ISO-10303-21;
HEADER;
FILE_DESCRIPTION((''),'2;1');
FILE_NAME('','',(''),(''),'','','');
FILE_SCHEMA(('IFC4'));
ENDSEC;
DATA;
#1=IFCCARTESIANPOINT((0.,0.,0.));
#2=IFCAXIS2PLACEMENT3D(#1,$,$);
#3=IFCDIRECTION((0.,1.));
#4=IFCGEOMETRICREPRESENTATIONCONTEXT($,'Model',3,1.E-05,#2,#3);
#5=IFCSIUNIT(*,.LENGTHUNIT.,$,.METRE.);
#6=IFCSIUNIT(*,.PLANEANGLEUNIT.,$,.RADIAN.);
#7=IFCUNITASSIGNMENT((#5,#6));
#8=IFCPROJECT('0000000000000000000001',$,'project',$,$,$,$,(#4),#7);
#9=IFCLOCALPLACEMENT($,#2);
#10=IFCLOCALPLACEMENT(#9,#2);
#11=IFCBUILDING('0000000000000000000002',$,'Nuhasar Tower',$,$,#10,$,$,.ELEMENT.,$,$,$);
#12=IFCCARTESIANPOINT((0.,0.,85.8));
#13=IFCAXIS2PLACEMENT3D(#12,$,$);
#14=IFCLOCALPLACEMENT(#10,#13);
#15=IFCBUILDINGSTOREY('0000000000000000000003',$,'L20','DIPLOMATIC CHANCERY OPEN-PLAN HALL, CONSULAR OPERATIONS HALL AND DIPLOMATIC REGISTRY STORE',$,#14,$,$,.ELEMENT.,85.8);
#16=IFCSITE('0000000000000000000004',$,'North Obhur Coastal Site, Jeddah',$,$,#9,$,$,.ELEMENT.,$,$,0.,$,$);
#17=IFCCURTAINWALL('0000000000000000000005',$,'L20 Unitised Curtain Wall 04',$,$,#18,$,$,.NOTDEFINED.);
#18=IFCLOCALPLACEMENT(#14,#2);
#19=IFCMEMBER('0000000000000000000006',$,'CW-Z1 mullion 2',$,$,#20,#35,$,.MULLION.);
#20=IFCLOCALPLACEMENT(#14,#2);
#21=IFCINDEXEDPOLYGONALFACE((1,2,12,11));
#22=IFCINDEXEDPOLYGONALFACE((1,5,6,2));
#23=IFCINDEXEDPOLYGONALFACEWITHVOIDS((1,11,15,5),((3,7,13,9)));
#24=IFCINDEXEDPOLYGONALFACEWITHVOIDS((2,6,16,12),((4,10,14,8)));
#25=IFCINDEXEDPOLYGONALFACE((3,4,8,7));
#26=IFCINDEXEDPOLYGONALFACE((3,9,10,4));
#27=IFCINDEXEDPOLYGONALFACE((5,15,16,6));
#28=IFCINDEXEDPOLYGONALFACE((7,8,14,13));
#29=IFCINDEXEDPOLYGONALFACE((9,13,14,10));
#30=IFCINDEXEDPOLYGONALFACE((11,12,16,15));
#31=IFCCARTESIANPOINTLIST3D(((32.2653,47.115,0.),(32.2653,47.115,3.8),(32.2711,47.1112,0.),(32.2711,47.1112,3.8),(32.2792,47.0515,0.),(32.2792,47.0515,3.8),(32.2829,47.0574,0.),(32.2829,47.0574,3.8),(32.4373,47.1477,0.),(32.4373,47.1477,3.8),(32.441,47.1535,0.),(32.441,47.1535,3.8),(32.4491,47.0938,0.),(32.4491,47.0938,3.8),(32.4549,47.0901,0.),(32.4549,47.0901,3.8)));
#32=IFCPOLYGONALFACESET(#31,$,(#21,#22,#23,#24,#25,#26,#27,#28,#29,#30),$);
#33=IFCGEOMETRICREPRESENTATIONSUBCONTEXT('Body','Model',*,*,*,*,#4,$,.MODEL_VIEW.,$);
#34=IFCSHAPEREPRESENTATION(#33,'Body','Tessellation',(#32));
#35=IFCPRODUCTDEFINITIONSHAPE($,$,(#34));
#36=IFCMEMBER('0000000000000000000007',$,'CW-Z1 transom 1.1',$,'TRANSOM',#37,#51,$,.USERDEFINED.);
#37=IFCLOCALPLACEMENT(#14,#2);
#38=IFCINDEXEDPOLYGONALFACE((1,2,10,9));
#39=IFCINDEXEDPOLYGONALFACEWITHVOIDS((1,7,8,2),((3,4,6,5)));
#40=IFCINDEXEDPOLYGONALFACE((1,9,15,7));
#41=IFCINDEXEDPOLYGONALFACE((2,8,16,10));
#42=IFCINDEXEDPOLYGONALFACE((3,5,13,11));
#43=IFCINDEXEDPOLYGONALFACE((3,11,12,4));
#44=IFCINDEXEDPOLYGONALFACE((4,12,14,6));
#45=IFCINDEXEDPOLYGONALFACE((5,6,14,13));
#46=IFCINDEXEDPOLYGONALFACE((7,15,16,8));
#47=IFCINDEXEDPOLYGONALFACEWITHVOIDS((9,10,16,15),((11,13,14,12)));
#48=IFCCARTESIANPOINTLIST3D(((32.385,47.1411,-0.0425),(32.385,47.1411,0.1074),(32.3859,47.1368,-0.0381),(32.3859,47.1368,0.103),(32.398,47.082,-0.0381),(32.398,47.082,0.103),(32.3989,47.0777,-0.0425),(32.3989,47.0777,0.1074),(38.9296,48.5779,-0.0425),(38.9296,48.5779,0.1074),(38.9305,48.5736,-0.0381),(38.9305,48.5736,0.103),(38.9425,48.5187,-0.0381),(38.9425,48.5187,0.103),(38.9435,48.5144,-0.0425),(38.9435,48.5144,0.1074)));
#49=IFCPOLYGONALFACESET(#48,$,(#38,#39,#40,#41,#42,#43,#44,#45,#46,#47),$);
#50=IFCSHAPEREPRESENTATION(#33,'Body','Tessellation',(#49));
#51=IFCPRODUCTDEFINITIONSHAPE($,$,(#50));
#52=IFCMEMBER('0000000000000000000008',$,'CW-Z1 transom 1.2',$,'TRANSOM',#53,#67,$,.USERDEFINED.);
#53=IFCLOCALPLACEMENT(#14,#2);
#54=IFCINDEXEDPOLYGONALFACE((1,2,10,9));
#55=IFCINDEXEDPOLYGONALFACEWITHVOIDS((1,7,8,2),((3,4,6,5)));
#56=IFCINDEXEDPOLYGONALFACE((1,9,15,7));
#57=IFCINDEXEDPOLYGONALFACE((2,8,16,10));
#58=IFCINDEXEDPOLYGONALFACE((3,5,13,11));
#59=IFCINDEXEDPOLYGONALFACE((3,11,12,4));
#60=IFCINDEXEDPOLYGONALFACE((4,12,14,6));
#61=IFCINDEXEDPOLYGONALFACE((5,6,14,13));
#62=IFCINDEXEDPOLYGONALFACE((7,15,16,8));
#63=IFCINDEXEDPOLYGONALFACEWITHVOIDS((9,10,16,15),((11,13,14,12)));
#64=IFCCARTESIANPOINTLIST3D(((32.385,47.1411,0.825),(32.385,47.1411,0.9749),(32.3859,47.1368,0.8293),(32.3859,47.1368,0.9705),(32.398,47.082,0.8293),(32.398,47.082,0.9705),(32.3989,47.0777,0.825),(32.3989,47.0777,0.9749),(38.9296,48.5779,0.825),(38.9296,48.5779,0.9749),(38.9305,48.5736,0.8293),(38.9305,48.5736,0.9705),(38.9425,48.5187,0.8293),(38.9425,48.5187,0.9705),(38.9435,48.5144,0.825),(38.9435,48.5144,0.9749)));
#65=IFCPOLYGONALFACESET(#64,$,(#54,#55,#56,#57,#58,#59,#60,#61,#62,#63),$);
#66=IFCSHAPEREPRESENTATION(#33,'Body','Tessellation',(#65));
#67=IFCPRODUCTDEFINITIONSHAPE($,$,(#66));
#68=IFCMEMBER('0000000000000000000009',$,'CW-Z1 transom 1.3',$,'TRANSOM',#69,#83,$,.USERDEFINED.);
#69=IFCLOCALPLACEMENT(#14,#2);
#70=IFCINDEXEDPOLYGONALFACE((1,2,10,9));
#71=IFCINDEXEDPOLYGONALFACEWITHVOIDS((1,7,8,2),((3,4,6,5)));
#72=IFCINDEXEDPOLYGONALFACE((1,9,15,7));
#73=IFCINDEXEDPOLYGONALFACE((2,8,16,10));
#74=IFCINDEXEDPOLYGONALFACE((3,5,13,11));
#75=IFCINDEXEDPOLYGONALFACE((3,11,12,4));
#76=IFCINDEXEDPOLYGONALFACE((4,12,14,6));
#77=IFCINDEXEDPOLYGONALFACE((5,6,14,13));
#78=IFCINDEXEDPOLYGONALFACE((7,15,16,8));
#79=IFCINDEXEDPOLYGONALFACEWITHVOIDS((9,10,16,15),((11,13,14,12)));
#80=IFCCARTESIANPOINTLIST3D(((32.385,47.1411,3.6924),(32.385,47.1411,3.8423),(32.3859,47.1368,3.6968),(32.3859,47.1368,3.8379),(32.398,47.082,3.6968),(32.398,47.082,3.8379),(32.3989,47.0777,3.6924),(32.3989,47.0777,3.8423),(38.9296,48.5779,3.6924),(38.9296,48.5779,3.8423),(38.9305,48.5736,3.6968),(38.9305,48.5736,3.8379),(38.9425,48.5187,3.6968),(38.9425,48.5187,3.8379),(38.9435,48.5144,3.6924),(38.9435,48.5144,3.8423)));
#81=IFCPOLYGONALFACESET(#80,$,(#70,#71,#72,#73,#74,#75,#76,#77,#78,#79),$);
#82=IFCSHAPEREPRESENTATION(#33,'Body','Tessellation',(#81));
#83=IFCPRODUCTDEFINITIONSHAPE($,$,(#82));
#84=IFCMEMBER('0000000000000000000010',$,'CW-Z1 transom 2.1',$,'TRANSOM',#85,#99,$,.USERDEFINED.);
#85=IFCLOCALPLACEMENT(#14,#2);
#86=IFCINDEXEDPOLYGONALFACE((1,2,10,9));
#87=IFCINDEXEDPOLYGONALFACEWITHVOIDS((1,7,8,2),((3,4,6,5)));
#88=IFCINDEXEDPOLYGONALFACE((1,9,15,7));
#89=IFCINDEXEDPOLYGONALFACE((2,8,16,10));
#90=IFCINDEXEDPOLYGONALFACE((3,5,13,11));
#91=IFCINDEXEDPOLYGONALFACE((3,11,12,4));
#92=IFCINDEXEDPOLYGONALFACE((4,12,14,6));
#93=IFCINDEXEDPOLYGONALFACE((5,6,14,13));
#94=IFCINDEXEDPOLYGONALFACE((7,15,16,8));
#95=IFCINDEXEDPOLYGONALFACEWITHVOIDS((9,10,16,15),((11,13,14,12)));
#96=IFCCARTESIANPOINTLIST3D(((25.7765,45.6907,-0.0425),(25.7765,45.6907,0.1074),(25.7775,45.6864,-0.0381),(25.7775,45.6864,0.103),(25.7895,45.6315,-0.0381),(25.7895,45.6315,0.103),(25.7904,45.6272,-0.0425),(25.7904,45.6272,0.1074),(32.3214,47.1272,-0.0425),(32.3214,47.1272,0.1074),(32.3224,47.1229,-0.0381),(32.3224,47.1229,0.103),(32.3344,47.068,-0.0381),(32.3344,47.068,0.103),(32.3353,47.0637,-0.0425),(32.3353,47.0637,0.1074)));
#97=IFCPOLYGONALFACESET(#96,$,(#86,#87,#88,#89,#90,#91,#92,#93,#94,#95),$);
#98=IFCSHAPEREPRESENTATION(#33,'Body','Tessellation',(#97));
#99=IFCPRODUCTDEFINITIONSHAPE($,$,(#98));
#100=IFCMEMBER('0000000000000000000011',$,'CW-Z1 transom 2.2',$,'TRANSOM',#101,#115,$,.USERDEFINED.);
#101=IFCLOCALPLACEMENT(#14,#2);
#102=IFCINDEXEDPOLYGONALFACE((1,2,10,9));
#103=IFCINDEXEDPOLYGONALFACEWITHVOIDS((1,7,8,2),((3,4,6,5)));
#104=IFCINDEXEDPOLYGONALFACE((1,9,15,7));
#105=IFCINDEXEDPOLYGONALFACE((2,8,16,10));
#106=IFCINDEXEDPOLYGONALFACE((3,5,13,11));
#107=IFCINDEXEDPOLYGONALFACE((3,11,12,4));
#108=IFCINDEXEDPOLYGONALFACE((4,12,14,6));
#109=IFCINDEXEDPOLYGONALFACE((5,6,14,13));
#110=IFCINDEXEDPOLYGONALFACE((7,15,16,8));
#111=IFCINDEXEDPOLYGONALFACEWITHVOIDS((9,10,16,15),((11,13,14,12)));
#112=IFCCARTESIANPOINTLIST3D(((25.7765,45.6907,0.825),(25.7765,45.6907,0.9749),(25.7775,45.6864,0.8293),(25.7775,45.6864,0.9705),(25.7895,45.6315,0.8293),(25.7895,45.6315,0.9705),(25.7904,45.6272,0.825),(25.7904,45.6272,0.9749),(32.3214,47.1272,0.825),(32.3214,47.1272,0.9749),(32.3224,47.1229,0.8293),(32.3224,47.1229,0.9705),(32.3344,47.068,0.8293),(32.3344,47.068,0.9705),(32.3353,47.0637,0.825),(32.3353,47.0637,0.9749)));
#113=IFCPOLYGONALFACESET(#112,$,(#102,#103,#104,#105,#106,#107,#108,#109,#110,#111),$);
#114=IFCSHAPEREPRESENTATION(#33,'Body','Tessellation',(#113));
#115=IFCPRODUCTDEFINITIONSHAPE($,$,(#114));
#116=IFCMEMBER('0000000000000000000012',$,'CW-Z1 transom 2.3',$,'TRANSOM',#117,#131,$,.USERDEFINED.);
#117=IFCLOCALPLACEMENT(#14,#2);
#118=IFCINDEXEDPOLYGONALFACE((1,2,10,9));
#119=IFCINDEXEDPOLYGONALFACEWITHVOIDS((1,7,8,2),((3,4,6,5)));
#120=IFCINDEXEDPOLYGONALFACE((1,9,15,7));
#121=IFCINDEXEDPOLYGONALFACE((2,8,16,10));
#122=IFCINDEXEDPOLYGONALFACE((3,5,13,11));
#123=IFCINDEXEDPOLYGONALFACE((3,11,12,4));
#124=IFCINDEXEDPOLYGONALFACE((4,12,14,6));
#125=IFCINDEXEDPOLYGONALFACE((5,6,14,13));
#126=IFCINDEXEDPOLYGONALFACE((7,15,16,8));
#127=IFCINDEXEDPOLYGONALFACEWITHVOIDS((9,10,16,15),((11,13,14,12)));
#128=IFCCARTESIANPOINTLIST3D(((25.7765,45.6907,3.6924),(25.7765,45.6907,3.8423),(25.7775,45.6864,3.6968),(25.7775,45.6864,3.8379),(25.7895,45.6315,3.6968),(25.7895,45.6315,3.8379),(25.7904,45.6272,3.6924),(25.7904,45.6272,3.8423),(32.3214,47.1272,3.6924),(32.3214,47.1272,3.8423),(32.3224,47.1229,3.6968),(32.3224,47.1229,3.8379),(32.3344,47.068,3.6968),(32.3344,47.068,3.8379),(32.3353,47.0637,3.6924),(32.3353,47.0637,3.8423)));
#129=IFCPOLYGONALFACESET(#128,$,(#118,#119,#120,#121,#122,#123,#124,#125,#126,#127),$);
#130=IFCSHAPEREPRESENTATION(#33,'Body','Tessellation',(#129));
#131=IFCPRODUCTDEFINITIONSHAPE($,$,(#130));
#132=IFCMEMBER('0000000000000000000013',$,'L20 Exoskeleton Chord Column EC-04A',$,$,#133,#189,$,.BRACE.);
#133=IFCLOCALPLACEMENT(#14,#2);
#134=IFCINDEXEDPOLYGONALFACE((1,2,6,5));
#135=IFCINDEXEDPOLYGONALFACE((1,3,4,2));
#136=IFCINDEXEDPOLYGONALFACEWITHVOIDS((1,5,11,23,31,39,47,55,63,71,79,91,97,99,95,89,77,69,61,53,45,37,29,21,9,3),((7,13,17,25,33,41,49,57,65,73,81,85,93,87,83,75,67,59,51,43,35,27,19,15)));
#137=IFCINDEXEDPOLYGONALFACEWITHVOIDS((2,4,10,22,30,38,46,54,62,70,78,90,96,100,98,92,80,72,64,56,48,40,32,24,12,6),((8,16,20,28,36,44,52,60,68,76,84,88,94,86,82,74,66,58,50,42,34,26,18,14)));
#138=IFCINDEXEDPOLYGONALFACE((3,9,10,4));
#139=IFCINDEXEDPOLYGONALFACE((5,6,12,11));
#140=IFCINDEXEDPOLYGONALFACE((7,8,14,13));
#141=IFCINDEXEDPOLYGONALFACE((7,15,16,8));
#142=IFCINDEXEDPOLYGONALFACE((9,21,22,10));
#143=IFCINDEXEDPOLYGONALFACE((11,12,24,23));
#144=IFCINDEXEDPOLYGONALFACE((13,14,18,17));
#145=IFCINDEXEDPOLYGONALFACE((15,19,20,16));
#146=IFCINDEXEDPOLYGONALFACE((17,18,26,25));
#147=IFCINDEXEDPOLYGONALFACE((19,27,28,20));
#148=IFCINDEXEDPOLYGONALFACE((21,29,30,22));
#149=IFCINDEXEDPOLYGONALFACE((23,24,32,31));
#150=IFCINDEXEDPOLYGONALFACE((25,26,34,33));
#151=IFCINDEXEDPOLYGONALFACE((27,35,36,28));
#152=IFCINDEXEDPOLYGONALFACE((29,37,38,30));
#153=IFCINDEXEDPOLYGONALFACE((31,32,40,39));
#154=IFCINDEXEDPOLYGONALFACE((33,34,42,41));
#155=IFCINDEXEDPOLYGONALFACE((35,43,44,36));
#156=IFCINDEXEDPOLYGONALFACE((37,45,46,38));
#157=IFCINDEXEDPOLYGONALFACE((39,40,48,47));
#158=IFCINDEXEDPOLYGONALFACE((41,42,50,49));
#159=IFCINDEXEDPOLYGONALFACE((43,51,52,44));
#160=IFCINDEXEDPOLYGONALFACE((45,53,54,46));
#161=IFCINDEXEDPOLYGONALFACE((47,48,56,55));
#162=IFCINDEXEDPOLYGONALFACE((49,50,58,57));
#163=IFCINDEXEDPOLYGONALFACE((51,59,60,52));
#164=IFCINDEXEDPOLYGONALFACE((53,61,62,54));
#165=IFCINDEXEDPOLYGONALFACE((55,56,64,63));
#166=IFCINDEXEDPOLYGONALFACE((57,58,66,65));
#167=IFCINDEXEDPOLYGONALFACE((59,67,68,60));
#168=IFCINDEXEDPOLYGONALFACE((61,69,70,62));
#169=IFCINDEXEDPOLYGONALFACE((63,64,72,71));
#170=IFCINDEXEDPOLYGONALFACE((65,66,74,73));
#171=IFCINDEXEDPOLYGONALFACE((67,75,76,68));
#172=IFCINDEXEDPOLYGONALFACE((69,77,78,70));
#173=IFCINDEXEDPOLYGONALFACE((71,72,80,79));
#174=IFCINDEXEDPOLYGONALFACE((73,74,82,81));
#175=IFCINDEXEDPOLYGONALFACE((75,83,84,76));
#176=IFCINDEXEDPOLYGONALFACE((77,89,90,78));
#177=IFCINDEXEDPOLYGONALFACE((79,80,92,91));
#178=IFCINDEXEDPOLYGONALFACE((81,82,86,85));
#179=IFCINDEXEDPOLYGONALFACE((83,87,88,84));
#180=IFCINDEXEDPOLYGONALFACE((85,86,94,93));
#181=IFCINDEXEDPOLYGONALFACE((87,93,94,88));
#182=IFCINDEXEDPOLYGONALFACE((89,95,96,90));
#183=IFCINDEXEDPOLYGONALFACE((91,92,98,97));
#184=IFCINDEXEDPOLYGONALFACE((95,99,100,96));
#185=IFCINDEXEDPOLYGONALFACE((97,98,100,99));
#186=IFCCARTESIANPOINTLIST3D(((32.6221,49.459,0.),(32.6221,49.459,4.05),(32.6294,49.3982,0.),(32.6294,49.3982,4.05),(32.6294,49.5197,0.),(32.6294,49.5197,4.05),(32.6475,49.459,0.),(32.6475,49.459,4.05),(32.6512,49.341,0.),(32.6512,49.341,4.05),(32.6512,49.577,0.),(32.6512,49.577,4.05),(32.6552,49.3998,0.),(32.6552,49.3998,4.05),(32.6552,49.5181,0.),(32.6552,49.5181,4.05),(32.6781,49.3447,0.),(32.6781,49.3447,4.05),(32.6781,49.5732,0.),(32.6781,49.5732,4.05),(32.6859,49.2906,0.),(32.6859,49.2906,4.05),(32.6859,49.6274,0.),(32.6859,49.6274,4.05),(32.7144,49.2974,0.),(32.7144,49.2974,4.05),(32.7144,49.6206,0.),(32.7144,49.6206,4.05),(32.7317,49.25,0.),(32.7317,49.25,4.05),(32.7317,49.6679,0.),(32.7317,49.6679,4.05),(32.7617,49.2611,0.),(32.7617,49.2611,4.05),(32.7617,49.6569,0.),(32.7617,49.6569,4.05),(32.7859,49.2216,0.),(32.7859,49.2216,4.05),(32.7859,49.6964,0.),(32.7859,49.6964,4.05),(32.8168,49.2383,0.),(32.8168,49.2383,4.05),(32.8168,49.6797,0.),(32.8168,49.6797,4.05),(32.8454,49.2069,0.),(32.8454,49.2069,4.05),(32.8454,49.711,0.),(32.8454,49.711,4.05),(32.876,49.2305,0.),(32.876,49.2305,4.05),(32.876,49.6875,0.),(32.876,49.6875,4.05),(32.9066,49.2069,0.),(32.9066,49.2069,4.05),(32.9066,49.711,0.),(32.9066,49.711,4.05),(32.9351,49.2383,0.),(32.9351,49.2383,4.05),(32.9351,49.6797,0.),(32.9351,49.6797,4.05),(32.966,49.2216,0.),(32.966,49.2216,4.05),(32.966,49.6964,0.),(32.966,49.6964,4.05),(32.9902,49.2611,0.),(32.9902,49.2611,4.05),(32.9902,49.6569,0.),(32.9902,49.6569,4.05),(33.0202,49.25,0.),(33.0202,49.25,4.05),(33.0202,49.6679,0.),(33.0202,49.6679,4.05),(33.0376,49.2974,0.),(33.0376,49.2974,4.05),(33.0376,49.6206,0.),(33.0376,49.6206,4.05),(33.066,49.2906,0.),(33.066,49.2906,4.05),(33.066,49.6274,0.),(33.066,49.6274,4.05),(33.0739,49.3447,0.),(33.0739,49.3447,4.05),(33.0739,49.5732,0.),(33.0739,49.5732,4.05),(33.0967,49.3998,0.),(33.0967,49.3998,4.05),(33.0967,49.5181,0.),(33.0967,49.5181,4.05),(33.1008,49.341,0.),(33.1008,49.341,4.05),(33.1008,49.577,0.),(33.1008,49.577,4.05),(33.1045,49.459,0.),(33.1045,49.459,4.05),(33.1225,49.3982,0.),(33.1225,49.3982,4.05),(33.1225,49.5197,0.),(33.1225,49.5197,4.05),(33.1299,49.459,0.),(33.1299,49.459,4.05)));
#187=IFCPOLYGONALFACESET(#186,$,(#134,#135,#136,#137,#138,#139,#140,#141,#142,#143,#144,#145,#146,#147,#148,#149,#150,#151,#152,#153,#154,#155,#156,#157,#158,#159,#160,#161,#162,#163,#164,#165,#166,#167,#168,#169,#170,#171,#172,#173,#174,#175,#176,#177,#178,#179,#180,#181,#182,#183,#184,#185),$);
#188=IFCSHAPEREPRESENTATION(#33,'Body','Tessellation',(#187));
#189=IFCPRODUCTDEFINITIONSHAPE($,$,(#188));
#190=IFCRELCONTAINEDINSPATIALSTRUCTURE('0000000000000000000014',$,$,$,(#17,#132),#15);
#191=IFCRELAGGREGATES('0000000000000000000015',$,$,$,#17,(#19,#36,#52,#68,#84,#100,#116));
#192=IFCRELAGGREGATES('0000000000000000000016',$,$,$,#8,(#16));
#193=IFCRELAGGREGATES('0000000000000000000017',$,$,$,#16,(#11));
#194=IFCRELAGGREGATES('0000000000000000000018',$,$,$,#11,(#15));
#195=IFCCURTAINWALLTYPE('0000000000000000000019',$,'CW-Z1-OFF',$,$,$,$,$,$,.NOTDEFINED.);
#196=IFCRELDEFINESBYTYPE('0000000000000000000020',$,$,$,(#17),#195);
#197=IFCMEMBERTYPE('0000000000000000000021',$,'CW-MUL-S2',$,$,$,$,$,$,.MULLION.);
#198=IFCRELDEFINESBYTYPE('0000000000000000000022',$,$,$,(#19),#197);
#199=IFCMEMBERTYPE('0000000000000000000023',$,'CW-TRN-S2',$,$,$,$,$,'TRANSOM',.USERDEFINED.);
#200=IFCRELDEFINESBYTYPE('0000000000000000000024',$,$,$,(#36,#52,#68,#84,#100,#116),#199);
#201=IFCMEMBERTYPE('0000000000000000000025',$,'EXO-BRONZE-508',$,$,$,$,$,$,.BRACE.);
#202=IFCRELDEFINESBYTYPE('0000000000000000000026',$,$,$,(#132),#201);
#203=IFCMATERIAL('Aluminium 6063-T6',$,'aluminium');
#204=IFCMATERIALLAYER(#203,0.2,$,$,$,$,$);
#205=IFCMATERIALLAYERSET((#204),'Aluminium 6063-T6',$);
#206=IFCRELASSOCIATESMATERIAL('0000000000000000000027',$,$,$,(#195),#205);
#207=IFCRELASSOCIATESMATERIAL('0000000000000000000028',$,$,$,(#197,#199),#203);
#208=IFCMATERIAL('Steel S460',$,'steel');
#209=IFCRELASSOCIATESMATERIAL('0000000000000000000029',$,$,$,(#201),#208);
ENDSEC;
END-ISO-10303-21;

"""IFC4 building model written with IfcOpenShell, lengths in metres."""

from ifc_helpers import new_model, si_unit, direction, frame, origin, origin_2d, place, context, subcontext, project, spatial, hollow_rectangle, hollow_circle, extrude, material, layer, layer_set, material_profile, profile_set, type_object, element, aggregate, save


model = new_model("IFC4")

# Units and contexts
model_context = context("Model", 3, precision=1e-05, world=origin(), true_north=direction((0.0, 1.0)))
body_context = subcontext(model_context, "Body", "Model", "MODEL_VIEW")
ifc_project = project(units=[si_unit("LENGTHUNIT", "METRE"), si_unit("PLANEANGLEUNIT", "RADIAN")], contexts=[model_context])

# Site, building, storey
site_placement = place(None, origin())
site = spatial("IfcSite", under=ifc_project, at=site_placement, Name="North Obhur Coastal Site, Jeddah", CompositionType="ELEMENT", RefElevation=0.0)
building_placement = place(site_placement, origin())
building = spatial("IfcBuilding", under=site, at=building_placement, Name="Nuhasar Tower", CompositionType="ELEMENT")
storey_placement = place(building_placement, frame((0.0, 0.0, 85.8)))
storey = spatial("IfcBuildingStorey", under=building, at=storey_placement, Name="L20", Description="DIPLOMATIC CHANCERY OPEN-PLAN HALL, CONSULAR OPERATIONS HALL AND DIPLOMATIC REGISTRY STORE", CompositionType="ELEMENT", Elevation=85.8)

# Curtain wall, members
ifc_material_1 = material(Name="Aluminium 6063-T6", Category="aluminium")
ifc_layer_1 = layer(ifc_material_1, 0.2)
ifc_layer_set_1 = layer_set([ifc_layer_1], Name="Aluminium 6063-T6")
curtain_wall_type = type_object("IfcCurtainWallType", Name="CW-Z1-OFF", PredefinedType="NOTDEFINED", material=ifc_layer_set_1)
curtain_wall_placement = place(storey_placement, origin())
curtain_wall = element("IfcCurtainWall", 1, at=curtain_wall_placement, inside=storey, type_object=curtain_wall_type, Name="L20 Unitised Curtain Wall 04", PredefinedType="NOTDEFINED")
ifc_material_profile_1 = material_profile(ifc_material_1, hollow_rectangle(XDim=0.0649, YDim=0.1799, WallThickness=0.0049, at=origin_2d()), Name="CWM-2")
ifc_profile_set_1 = profile_set([ifc_material_profile_1], Name="Aluminium 6063-T6")
member_type_1 = type_object("IfcMemberType", Name="CW-MUL-S2", PredefinedType="MULLION", material=ifc_profile_set_1)
member_1_placement = place(storey_placement, frame((32.3601, 47.1025, 0.0), z_axis=(0.0, 0.0, 1.0), x_axis=(0.214399, -0.976746, 0.0)))
member_1 = element("IfcMember", 2, at=member_1_placement, type_object=member_type_1, Name="CW-Z1 mullion 2", PredefinedType="MULLION", context=body_context, shape_type="SweptSolid", body=[
    extrude(hollow_rectangle(XDim=0.0649, YDim=0.1799, WallThickness=0.0049, at=origin_2d()), origin(), (0.0, 0.0, 1.0), 3.8),
])
ifc_material_profile_2 = material_profile(ifc_material_1, hollow_rectangle(XDim=0.0649, YDim=0.1499, WallThickness=0.0044, at=origin_2d()), Name="CWT-2")
ifc_profile_set_2 = profile_set([ifc_material_profile_2], Name="Aluminium 6063-T6")
member_type_2 = type_object("IfcMemberType", Name="CW-TRN-S2", ElementType="TRANSOM", PredefinedType="USERDEFINED", material=ifc_profile_set_2)
member_2_placement = place(storey_placement, frame((38.9365, 48.5461, 0.0325), z_axis=(-0.97674, -0.214426, 0.0), x_axis=(0.214426, -0.97674, 0.0)))
member_2 = element("IfcMember", 3, at=member_2_placement, type_object=member_type_2, Name="CW-Z1 transom 1.1", ObjectType="TRANSOM", PredefinedType="USERDEFINED", context=body_context, shape_type="SweptSolid", body=[
    extrude(hollow_rectangle(XDim=0.0649, YDim=0.1499, WallThickness=0.0044, at=origin_2d()), origin(), (0.0, 0.0, 1.0), 6.7004),
])
member_3_placement = place(storey_placement, frame((38.9365, 48.5461, 0.8999), z_axis=(-0.97674, -0.214426, 0.0), x_axis=(0.214426, -0.97674, 0.0)))
member_3 = element("IfcMember", 4, at=member_3_placement, type_object=member_type_2, Name="CW-Z1 transom 1.2", ObjectType="TRANSOM", PredefinedType="USERDEFINED", context=body_context, shape_type="SweptSolid", body=[
    extrude(hollow_rectangle(XDim=0.0649, YDim=0.1499, WallThickness=0.0044, at=origin_2d()), origin(), (0.0, 0.0, 1.0), 6.7004),
])
member_4_placement = place(storey_placement, frame((38.9365, 48.5461, 3.7673), z_axis=(-0.97674, -0.214426, 0.0), x_axis=(0.214426, -0.97674, 0.0)))
member_4 = element("IfcMember", 5, at=member_4_placement, type_object=member_type_2, Name="CW-Z1 transom 1.3", ObjectType="TRANSOM", PredefinedType="USERDEFINED", context=body_context, shape_type="SweptSolid", body=[
    extrude(hollow_rectangle(XDim=0.0649, YDim=0.1499, WallThickness=0.0044, at=origin_2d()), origin(), (0.0, 0.0, 1.0), 6.7004),
])
member_5_placement = place(storey_placement, frame((32.3284, 47.0955, 0.0325), z_axis=(-0.97675, -0.214384, 0.0), x_axis=(0.214384, -0.97675, 0.0)))
member_5 = element("IfcMember", 6, at=member_5_placement, type_object=member_type_2, Name="CW-Z1 transom 2.1", ObjectType="TRANSOM", PredefinedType="USERDEFINED", context=body_context, shape_type="SweptSolid", body=[
    extrude(hollow_rectangle(XDim=0.0649, YDim=0.1499, WallThickness=0.0044, at=origin_2d()), origin(), (0.0, 0.0, 1.0), 6.7007),
])
member_6_placement = place(storey_placement, frame((32.3284, 47.0955, 0.8999), z_axis=(-0.97675, -0.214384, 0.0), x_axis=(0.214384, -0.97675, 0.0)))
member_6 = element("IfcMember", 7, at=member_6_placement, type_object=member_type_2, Name="CW-Z1 transom 2.2", ObjectType="TRANSOM", PredefinedType="USERDEFINED", context=body_context, shape_type="SweptSolid", body=[
    extrude(hollow_rectangle(XDim=0.0649, YDim=0.1499, WallThickness=0.0044, at=origin_2d()), origin(), (0.0, 0.0, 1.0), 6.7007),
])
member_7_placement = place(storey_placement, frame((32.3284, 47.0955, 3.7673), z_axis=(-0.97675, -0.214384, 0.0), x_axis=(0.214384, -0.97675, 0.0)))
member_7 = element("IfcMember", 8, at=member_7_placement, type_object=member_type_2, Name="CW-Z1 transom 2.3", ObjectType="TRANSOM", PredefinedType="USERDEFINED", context=body_context, shape_type="SweptSolid", body=[
    extrude(hollow_rectangle(XDim=0.0649, YDim=0.1499, WallThickness=0.0044, at=origin_2d()), origin(), (0.0, 0.0, 1.0), 6.7007),
])

# Member
ifc_material_2 = material(Name="Steel S460", Category="steel")
ifc_material_profile_3 = material_profile(ifc_material_2, hollow_circle(Radius=0.2539, WallThickness=0.0254, at=origin_2d()), Name="HSS508X25.4")
ifc_profile_set_3 = profile_set([ifc_material_profile_3], Name="Steel S460")
member_type_3 = type_object("IfcMemberType", Name="EXO-BRONZE-508", PredefinedType="BRACE", material=ifc_profile_set_3)
member_8_placement = place(storey_placement, frame((32.876, 49.459, 0.0), z_axis=(0.0, 0.0, 1.0), x_axis=(1.0, 0.0, 0.0)))
element("IfcMember", 9, at=member_8_placement, inside=storey, type_object=member_type_3, Name="L20 Exoskeleton Chord Column EC-04A", PredefinedType="BRACE", context=body_context, shape_type="SweptSolid", body=[
    extrude(hollow_circle(Radius=0.2539, WallThickness=0.0254, at=origin_2d()), origin(), (0.0, 0.0, 1.0), 4.05),
])

aggregate(curtain_wall, [member_1, member_2, member_3, member_4, member_5, member_6, member_7])

save(model, "model.ifc")
